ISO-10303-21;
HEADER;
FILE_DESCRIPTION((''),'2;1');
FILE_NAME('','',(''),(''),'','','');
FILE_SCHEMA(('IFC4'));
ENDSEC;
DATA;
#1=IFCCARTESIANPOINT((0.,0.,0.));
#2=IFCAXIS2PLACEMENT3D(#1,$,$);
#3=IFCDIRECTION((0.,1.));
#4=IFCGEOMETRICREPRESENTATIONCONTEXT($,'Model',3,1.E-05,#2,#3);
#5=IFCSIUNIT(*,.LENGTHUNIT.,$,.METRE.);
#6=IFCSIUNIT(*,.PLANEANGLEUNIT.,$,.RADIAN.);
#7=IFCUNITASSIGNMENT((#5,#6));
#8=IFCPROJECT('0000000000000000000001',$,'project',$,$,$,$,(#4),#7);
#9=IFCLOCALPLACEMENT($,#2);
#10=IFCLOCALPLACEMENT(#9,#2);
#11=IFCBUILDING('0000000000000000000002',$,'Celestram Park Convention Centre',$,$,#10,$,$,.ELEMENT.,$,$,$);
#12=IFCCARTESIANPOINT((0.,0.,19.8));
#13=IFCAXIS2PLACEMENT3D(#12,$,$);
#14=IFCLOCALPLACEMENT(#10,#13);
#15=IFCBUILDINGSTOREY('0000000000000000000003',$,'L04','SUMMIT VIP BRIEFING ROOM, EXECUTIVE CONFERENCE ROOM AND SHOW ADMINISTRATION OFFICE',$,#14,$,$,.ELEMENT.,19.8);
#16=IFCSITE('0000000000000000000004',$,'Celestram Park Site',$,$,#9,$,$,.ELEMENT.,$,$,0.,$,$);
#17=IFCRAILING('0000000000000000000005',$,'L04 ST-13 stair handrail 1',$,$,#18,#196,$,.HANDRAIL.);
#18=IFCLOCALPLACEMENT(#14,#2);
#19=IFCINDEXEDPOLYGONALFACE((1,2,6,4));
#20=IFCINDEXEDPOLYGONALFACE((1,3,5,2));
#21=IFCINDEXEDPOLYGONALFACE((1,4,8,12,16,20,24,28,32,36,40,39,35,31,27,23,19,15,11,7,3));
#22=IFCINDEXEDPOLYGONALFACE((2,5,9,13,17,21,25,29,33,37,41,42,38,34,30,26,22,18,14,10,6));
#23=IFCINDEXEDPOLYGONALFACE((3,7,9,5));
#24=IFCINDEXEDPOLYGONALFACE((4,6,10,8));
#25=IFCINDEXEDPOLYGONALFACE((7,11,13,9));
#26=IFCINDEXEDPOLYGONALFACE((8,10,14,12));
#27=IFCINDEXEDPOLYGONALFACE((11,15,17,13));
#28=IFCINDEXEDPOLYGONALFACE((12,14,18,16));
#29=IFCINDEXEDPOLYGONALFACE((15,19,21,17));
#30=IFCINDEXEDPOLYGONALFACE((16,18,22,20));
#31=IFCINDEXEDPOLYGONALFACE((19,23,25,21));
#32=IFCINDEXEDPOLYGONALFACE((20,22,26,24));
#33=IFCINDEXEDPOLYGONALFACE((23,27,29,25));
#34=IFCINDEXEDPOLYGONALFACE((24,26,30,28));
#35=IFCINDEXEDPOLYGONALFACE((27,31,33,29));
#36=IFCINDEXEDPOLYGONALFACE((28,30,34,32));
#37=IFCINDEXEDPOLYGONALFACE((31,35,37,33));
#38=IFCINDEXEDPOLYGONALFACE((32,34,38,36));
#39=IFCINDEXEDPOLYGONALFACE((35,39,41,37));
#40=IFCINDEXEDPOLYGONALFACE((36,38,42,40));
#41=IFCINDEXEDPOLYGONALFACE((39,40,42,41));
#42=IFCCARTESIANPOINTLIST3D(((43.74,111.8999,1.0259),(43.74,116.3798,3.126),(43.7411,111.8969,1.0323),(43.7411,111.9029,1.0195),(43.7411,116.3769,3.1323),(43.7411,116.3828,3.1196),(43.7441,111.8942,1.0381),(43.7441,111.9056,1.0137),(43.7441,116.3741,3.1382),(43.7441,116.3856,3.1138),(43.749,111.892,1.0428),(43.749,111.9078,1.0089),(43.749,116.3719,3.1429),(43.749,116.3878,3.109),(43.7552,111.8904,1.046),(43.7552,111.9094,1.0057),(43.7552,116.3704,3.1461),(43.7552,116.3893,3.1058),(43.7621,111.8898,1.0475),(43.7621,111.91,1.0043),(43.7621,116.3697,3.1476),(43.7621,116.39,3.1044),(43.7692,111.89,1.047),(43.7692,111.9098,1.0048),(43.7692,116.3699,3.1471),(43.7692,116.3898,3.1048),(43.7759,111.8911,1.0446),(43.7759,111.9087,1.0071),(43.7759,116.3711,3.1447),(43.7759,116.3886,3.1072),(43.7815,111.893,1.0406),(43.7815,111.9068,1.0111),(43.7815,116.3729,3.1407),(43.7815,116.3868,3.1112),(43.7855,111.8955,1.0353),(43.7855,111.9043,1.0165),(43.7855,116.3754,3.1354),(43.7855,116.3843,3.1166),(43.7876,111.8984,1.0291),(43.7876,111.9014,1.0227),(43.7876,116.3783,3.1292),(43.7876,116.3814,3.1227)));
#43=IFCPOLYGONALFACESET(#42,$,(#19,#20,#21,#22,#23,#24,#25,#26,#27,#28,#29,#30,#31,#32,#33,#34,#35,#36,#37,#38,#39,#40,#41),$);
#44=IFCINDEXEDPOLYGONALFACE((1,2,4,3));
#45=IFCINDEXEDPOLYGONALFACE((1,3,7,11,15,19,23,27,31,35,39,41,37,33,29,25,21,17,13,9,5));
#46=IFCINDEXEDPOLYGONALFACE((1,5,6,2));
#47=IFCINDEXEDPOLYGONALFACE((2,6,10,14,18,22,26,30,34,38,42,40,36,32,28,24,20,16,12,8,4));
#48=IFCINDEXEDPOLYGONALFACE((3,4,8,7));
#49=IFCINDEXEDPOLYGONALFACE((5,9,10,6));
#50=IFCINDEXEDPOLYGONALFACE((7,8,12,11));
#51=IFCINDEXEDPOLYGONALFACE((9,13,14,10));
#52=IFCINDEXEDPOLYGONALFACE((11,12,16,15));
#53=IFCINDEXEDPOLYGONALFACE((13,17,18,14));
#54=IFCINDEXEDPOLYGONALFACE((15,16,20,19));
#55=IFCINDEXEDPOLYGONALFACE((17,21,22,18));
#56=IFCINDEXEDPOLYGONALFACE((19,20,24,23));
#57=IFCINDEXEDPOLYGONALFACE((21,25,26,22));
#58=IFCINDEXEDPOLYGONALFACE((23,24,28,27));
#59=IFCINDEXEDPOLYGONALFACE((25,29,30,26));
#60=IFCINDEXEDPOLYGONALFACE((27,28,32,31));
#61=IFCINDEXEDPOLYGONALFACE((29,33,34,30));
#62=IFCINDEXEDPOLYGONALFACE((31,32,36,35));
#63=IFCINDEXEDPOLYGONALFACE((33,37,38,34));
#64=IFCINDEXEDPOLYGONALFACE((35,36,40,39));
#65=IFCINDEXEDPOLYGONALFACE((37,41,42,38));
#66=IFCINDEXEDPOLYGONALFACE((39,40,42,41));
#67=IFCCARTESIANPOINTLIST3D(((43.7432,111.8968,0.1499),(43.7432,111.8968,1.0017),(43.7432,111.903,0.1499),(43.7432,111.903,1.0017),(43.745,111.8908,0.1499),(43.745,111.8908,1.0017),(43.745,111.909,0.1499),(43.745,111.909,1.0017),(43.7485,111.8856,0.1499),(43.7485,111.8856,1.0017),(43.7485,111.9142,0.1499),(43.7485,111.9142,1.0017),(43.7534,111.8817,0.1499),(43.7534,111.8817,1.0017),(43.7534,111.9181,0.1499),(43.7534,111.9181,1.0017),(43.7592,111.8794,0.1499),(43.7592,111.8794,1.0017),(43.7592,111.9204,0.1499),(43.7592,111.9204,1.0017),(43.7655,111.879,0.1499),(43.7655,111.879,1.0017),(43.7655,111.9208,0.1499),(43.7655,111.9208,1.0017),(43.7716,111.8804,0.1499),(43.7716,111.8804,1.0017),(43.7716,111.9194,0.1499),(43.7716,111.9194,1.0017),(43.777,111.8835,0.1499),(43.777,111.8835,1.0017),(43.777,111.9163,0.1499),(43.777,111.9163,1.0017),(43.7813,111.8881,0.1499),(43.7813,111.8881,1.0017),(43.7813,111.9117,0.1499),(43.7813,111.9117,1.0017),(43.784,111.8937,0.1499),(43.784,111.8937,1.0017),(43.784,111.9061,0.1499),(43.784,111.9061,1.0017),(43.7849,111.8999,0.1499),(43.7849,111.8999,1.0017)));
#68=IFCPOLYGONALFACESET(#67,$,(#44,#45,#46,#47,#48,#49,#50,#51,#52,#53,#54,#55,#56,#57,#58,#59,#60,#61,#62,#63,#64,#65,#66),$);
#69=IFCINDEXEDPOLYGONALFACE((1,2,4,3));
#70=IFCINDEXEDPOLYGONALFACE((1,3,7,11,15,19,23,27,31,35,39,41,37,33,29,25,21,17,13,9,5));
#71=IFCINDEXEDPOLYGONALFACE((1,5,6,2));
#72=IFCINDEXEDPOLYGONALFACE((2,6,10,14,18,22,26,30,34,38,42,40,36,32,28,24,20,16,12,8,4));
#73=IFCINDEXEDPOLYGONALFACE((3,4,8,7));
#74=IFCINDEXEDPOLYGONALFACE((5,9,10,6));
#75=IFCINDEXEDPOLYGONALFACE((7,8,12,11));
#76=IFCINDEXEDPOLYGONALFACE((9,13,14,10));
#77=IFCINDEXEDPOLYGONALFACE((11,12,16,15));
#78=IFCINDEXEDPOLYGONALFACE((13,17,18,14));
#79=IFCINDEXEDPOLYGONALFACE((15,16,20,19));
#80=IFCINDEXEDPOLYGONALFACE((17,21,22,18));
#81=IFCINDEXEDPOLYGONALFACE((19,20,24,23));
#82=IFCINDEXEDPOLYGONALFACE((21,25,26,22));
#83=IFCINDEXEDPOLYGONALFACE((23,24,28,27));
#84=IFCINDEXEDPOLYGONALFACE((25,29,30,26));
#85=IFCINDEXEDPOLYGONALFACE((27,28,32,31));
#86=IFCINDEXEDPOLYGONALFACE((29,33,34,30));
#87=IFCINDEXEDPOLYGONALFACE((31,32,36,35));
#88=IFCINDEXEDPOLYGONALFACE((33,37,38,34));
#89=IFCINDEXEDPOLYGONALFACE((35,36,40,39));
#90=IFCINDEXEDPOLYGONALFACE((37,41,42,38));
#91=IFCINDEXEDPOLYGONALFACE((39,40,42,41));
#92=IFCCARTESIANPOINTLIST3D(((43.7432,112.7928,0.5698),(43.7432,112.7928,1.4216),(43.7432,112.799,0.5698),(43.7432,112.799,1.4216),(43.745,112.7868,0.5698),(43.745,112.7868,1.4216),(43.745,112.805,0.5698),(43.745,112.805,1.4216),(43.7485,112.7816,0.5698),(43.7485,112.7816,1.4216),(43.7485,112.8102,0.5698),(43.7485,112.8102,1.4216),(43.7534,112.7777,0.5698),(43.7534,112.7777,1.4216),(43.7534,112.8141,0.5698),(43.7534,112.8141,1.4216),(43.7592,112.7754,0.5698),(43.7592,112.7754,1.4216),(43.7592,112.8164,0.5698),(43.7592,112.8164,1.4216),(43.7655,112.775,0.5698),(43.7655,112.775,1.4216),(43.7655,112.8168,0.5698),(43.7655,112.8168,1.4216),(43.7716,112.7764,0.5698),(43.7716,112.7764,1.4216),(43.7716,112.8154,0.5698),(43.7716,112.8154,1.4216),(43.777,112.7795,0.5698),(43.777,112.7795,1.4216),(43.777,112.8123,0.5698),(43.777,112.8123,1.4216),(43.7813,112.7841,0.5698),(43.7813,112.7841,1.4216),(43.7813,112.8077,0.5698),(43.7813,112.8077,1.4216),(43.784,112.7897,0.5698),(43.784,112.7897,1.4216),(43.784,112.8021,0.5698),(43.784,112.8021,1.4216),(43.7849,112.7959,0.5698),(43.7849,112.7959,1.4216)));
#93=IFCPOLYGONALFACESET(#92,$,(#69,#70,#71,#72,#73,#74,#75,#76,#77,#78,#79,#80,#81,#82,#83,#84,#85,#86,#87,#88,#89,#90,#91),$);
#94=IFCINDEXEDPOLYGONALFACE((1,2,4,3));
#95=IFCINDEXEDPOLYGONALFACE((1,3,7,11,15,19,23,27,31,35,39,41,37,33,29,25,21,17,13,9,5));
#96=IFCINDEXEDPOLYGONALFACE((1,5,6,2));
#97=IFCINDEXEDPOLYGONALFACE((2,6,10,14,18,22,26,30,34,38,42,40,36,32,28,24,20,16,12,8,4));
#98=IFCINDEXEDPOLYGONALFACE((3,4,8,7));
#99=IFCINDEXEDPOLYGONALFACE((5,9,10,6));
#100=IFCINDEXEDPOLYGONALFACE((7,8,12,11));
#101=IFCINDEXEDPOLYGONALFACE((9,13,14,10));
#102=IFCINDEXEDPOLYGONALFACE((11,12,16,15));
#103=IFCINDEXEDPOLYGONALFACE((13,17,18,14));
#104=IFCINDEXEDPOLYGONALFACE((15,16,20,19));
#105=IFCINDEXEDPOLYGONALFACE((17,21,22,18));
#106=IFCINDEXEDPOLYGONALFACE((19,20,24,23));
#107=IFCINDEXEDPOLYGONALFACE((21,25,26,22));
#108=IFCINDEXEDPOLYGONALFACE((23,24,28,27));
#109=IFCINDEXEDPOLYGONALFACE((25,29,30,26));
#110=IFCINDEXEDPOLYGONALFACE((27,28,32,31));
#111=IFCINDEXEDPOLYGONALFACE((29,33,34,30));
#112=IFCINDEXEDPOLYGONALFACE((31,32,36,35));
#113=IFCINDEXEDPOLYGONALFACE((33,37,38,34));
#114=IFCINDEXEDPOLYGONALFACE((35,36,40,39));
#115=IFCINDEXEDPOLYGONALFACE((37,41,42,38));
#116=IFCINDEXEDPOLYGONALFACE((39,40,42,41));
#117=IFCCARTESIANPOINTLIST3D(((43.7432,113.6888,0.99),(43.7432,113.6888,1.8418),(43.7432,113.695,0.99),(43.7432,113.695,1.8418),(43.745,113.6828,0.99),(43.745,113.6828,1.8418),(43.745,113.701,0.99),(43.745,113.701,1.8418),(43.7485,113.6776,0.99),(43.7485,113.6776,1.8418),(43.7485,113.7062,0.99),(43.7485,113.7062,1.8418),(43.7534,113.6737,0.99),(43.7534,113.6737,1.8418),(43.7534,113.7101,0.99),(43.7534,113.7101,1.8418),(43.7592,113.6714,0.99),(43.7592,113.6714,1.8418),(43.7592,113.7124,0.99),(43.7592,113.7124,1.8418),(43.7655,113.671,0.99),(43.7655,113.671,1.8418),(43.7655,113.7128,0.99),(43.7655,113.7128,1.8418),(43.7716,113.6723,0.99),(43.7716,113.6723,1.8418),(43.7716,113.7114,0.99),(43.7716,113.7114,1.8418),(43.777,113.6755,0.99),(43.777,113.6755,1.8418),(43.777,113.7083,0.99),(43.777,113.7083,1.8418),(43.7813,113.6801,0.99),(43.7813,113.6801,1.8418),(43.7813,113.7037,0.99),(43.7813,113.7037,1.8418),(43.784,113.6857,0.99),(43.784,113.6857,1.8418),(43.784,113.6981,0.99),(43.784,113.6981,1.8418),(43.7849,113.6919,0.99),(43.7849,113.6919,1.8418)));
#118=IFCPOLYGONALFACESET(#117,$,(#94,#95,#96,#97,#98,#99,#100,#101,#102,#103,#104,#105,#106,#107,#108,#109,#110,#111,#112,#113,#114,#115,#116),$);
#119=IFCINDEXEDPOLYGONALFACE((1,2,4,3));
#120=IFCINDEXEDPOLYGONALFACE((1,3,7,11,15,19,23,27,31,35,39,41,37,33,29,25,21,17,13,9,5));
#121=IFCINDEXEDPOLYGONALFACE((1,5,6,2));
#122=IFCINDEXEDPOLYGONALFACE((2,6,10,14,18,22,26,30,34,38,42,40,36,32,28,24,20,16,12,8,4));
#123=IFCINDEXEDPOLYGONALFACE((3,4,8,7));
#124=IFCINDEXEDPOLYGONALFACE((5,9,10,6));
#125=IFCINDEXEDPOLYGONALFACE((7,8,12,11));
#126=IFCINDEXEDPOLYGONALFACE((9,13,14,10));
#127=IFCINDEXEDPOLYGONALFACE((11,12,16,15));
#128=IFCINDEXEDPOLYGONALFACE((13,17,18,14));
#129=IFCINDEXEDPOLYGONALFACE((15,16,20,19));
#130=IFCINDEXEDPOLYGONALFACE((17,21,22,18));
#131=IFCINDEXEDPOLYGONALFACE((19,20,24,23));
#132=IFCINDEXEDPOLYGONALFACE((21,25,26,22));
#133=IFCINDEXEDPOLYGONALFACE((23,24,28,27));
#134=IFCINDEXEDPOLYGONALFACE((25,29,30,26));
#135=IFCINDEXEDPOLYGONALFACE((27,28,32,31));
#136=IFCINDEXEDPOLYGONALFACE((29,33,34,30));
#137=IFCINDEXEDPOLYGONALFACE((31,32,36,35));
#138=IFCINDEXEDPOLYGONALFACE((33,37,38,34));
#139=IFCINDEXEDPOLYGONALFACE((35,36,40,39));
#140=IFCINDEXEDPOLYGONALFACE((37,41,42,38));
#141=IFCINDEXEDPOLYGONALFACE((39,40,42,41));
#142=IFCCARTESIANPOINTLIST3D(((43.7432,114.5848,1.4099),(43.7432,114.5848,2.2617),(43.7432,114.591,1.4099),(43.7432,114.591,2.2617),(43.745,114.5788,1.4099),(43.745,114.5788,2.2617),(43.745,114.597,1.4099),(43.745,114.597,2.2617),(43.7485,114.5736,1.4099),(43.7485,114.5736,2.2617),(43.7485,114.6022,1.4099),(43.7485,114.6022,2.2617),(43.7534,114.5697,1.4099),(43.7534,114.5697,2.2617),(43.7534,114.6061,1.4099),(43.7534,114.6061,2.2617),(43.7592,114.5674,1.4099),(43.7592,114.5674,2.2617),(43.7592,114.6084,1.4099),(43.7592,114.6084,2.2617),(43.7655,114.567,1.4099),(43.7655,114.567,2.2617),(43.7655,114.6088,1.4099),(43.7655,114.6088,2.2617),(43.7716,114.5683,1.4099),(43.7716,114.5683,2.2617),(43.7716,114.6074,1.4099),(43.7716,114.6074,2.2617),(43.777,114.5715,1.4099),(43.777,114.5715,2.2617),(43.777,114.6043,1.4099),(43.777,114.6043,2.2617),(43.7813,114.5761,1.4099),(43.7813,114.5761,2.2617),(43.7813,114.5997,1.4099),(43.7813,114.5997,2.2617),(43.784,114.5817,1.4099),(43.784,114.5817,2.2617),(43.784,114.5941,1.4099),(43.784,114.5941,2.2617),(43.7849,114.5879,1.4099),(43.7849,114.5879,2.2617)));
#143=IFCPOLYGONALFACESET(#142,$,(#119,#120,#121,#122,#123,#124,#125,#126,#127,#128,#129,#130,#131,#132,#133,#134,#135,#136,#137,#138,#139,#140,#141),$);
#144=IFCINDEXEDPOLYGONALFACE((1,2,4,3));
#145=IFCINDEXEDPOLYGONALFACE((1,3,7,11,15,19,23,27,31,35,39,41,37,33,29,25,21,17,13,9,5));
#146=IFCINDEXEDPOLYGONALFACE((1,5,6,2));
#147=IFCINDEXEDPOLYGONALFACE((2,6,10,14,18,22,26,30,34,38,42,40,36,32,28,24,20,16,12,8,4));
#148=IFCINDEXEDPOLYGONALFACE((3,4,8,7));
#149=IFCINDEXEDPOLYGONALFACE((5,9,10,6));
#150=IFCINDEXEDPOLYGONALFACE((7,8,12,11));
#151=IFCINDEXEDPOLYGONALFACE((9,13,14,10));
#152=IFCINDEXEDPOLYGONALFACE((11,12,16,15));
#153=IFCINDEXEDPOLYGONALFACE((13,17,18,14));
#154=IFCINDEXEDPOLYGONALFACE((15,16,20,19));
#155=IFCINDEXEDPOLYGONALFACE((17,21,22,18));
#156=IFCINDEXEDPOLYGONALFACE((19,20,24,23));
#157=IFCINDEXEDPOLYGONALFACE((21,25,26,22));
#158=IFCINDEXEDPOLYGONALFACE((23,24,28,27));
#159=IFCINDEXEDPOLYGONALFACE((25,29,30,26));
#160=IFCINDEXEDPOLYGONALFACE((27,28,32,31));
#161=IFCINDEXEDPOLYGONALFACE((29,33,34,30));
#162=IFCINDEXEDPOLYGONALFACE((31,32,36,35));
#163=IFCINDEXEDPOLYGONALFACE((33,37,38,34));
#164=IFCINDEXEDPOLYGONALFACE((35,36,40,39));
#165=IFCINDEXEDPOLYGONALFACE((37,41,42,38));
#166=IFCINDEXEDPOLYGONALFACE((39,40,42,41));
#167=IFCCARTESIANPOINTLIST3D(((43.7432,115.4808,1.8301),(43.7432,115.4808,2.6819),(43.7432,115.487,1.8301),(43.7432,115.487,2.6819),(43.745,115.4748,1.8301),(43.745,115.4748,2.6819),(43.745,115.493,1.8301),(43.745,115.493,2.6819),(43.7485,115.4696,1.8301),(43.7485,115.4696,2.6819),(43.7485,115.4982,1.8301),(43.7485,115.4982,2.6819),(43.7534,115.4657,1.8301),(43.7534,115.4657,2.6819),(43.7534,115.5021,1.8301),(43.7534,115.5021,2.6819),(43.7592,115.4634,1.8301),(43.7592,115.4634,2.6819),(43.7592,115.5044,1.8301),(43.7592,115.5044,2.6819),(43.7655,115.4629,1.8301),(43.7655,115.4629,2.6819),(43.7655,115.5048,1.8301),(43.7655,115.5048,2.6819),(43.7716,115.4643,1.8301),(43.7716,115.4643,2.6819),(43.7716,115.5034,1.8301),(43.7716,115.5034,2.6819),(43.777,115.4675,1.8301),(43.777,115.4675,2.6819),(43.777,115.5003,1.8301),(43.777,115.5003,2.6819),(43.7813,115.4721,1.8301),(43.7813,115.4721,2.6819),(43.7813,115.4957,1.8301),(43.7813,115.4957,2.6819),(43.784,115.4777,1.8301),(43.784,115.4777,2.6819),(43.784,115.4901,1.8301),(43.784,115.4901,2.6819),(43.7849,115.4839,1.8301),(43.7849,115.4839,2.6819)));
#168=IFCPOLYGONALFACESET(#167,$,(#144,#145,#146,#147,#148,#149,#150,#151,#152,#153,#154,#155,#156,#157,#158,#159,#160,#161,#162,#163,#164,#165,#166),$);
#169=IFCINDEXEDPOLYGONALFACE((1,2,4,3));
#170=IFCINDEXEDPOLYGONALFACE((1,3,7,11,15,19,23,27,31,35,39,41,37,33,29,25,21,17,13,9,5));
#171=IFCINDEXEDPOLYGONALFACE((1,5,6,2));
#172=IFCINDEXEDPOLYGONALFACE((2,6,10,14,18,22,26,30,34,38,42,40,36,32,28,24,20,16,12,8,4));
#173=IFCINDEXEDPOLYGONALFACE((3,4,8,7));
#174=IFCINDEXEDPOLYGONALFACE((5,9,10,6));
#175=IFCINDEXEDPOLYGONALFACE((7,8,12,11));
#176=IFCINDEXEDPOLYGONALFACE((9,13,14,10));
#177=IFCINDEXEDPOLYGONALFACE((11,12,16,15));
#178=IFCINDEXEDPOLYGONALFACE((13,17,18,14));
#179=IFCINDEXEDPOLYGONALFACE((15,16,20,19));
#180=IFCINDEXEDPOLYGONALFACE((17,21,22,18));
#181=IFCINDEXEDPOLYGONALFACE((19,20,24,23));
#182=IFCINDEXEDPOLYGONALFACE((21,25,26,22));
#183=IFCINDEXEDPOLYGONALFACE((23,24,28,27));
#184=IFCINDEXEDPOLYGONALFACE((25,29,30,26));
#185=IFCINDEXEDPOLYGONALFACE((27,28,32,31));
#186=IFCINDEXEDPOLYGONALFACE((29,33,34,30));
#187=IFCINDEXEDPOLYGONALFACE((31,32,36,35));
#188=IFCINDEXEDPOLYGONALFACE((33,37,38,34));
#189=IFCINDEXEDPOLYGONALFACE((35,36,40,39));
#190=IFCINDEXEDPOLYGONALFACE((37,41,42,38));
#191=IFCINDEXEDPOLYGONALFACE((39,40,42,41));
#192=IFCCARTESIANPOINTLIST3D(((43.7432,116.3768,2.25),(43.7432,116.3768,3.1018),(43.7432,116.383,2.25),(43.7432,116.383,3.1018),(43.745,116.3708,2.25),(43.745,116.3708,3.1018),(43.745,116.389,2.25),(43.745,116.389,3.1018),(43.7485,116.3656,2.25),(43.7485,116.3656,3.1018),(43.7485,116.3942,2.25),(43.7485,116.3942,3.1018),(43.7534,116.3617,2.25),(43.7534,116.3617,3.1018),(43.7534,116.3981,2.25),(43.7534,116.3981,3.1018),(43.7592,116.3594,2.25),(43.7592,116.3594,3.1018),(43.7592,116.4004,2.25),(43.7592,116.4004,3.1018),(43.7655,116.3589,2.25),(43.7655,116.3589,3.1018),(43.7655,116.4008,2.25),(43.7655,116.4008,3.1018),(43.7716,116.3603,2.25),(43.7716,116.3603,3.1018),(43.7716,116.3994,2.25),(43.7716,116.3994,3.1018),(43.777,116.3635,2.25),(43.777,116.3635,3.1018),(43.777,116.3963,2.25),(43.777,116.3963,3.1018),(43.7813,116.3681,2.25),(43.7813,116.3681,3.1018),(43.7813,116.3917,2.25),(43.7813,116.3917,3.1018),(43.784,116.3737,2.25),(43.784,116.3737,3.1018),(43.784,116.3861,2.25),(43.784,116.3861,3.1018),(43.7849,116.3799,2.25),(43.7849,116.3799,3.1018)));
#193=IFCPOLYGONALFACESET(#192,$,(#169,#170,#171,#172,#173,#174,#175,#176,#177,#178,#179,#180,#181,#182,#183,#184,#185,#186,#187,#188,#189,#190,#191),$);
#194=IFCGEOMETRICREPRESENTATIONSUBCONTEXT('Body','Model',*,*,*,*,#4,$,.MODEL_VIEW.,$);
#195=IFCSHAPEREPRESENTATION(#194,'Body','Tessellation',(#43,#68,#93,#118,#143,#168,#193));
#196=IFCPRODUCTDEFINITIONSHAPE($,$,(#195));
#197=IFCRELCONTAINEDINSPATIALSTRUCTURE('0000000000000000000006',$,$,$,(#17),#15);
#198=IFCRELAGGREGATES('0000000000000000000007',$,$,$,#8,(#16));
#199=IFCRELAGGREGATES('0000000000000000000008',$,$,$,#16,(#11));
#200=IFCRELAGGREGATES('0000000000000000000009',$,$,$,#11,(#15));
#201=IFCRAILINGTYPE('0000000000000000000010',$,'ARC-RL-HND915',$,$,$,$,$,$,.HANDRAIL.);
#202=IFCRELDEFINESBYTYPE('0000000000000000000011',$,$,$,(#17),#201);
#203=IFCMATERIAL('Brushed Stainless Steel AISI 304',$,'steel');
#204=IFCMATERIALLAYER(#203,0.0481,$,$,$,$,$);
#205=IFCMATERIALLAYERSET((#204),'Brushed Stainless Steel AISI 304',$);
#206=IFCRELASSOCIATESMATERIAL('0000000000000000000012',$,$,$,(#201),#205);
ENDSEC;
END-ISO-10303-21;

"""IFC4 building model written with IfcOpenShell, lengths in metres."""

from ifc_helpers import new_model, si_unit, direction, frame, origin, origin_2d, place, context, subcontext, project, spatial, circle, extrude, material, layer, layer_set, type_object, element, save


model = new_model("IFC4")

# Units and contexts
model_context = context("Model", 3, precision=1e-05, world=origin(), true_north=direction((0.0, 1.0)))
body_context = subcontext(model_context, "Body", "Model", "MODEL_VIEW")
ifc_project = project(units=[si_unit("LENGTHUNIT", "METRE"), si_unit("PLANEANGLEUNIT", "RADIAN")], contexts=[model_context])

# Site, building, storey
site_placement = place(None, origin())
site = spatial("IfcSite", under=ifc_project, at=site_placement, Name="Celestram Park Site", CompositionType="ELEMENT", RefElevation=0.0)
building_placement = place(site_placement, origin())
building = spatial("IfcBuilding", under=site, at=building_placement, Name="Celestram Park Convention Centre", CompositionType="ELEMENT")
storey_placement = place(building_placement, frame((0.0, 0.0, 19.8)))
storey = spatial("IfcBuildingStorey", under=building, at=storey_placement, Name="L04", Description="SUMMIT VIP BRIEFING ROOM, EXECUTIVE CONFERENCE ROOM AND SHOW ADMINISTRATION OFFICE", CompositionType="ELEMENT", Elevation=19.8)

# Railing
ifc_material_1 = material(Name="Brushed Stainless Steel AISI 304", Category="steel")
ifc_layer_1 = layer(ifc_material_1, 0.0481)
ifc_layer_set_1 = layer_set([ifc_layer_1], Name="Brushed Stainless Steel AISI 304")
railing_type_1 = type_object("IfcRailingType", Name="ARC-RL-HND915", PredefinedType="HANDRAIL", material=ifc_layer_set_1)
railing_1_placement = place(storey_placement, frame((43.7639, 111.8999, 0.1499)))
element("IfcRailing", 1, at=railing_1_placement, inside=storey, type_object=railing_type_1, Name="L04 ST-13 stair handrail 1", PredefinedType="HANDRAIL", context=body_context, shape_type="SweptSolid", body=[
    extrude(circle(Radius=0.0239, at=origin_2d()), frame((0.0, 0.0, 0.876), z_axis=(0.0, 0.905451, 0.424452), x_axis=(-1.0, 0.0, 0.0)), (0.0, 0.0, 1.0), 4.9478),
    extrude(circle(Radius=0.021, at=origin_2d()), origin(), (0.0, 0.0, 1.0), 0.8518),
    extrude(circle(Radius=0.021, at=origin_2d()), frame((0.0, 0.896, 0.4199)), (0.0, 0.0, 1.0), 0.8518),
    extrude(circle(Radius=0.021, at=origin_2d()), frame((0.0, 1.792, 0.8401)), (0.0, 0.0, 1.0), 0.8518),
    extrude(circle(Radius=0.021, at=origin_2d()), frame((0.0, 2.688, 1.26)), (0.0, 0.0, 1.0), 0.8518),
    extrude(circle(Radius=0.021, at=origin_2d()), frame((0.0, 3.584, 1.6802)), (0.0, 0.0, 1.0), 0.8518),
    extrude(circle(Radius=0.021, at=origin_2d()), frame((0.0, 4.48, 2.1001)), (0.0, 0.0, 1.0), 0.8518),
])

save(model, "model.ifc")
